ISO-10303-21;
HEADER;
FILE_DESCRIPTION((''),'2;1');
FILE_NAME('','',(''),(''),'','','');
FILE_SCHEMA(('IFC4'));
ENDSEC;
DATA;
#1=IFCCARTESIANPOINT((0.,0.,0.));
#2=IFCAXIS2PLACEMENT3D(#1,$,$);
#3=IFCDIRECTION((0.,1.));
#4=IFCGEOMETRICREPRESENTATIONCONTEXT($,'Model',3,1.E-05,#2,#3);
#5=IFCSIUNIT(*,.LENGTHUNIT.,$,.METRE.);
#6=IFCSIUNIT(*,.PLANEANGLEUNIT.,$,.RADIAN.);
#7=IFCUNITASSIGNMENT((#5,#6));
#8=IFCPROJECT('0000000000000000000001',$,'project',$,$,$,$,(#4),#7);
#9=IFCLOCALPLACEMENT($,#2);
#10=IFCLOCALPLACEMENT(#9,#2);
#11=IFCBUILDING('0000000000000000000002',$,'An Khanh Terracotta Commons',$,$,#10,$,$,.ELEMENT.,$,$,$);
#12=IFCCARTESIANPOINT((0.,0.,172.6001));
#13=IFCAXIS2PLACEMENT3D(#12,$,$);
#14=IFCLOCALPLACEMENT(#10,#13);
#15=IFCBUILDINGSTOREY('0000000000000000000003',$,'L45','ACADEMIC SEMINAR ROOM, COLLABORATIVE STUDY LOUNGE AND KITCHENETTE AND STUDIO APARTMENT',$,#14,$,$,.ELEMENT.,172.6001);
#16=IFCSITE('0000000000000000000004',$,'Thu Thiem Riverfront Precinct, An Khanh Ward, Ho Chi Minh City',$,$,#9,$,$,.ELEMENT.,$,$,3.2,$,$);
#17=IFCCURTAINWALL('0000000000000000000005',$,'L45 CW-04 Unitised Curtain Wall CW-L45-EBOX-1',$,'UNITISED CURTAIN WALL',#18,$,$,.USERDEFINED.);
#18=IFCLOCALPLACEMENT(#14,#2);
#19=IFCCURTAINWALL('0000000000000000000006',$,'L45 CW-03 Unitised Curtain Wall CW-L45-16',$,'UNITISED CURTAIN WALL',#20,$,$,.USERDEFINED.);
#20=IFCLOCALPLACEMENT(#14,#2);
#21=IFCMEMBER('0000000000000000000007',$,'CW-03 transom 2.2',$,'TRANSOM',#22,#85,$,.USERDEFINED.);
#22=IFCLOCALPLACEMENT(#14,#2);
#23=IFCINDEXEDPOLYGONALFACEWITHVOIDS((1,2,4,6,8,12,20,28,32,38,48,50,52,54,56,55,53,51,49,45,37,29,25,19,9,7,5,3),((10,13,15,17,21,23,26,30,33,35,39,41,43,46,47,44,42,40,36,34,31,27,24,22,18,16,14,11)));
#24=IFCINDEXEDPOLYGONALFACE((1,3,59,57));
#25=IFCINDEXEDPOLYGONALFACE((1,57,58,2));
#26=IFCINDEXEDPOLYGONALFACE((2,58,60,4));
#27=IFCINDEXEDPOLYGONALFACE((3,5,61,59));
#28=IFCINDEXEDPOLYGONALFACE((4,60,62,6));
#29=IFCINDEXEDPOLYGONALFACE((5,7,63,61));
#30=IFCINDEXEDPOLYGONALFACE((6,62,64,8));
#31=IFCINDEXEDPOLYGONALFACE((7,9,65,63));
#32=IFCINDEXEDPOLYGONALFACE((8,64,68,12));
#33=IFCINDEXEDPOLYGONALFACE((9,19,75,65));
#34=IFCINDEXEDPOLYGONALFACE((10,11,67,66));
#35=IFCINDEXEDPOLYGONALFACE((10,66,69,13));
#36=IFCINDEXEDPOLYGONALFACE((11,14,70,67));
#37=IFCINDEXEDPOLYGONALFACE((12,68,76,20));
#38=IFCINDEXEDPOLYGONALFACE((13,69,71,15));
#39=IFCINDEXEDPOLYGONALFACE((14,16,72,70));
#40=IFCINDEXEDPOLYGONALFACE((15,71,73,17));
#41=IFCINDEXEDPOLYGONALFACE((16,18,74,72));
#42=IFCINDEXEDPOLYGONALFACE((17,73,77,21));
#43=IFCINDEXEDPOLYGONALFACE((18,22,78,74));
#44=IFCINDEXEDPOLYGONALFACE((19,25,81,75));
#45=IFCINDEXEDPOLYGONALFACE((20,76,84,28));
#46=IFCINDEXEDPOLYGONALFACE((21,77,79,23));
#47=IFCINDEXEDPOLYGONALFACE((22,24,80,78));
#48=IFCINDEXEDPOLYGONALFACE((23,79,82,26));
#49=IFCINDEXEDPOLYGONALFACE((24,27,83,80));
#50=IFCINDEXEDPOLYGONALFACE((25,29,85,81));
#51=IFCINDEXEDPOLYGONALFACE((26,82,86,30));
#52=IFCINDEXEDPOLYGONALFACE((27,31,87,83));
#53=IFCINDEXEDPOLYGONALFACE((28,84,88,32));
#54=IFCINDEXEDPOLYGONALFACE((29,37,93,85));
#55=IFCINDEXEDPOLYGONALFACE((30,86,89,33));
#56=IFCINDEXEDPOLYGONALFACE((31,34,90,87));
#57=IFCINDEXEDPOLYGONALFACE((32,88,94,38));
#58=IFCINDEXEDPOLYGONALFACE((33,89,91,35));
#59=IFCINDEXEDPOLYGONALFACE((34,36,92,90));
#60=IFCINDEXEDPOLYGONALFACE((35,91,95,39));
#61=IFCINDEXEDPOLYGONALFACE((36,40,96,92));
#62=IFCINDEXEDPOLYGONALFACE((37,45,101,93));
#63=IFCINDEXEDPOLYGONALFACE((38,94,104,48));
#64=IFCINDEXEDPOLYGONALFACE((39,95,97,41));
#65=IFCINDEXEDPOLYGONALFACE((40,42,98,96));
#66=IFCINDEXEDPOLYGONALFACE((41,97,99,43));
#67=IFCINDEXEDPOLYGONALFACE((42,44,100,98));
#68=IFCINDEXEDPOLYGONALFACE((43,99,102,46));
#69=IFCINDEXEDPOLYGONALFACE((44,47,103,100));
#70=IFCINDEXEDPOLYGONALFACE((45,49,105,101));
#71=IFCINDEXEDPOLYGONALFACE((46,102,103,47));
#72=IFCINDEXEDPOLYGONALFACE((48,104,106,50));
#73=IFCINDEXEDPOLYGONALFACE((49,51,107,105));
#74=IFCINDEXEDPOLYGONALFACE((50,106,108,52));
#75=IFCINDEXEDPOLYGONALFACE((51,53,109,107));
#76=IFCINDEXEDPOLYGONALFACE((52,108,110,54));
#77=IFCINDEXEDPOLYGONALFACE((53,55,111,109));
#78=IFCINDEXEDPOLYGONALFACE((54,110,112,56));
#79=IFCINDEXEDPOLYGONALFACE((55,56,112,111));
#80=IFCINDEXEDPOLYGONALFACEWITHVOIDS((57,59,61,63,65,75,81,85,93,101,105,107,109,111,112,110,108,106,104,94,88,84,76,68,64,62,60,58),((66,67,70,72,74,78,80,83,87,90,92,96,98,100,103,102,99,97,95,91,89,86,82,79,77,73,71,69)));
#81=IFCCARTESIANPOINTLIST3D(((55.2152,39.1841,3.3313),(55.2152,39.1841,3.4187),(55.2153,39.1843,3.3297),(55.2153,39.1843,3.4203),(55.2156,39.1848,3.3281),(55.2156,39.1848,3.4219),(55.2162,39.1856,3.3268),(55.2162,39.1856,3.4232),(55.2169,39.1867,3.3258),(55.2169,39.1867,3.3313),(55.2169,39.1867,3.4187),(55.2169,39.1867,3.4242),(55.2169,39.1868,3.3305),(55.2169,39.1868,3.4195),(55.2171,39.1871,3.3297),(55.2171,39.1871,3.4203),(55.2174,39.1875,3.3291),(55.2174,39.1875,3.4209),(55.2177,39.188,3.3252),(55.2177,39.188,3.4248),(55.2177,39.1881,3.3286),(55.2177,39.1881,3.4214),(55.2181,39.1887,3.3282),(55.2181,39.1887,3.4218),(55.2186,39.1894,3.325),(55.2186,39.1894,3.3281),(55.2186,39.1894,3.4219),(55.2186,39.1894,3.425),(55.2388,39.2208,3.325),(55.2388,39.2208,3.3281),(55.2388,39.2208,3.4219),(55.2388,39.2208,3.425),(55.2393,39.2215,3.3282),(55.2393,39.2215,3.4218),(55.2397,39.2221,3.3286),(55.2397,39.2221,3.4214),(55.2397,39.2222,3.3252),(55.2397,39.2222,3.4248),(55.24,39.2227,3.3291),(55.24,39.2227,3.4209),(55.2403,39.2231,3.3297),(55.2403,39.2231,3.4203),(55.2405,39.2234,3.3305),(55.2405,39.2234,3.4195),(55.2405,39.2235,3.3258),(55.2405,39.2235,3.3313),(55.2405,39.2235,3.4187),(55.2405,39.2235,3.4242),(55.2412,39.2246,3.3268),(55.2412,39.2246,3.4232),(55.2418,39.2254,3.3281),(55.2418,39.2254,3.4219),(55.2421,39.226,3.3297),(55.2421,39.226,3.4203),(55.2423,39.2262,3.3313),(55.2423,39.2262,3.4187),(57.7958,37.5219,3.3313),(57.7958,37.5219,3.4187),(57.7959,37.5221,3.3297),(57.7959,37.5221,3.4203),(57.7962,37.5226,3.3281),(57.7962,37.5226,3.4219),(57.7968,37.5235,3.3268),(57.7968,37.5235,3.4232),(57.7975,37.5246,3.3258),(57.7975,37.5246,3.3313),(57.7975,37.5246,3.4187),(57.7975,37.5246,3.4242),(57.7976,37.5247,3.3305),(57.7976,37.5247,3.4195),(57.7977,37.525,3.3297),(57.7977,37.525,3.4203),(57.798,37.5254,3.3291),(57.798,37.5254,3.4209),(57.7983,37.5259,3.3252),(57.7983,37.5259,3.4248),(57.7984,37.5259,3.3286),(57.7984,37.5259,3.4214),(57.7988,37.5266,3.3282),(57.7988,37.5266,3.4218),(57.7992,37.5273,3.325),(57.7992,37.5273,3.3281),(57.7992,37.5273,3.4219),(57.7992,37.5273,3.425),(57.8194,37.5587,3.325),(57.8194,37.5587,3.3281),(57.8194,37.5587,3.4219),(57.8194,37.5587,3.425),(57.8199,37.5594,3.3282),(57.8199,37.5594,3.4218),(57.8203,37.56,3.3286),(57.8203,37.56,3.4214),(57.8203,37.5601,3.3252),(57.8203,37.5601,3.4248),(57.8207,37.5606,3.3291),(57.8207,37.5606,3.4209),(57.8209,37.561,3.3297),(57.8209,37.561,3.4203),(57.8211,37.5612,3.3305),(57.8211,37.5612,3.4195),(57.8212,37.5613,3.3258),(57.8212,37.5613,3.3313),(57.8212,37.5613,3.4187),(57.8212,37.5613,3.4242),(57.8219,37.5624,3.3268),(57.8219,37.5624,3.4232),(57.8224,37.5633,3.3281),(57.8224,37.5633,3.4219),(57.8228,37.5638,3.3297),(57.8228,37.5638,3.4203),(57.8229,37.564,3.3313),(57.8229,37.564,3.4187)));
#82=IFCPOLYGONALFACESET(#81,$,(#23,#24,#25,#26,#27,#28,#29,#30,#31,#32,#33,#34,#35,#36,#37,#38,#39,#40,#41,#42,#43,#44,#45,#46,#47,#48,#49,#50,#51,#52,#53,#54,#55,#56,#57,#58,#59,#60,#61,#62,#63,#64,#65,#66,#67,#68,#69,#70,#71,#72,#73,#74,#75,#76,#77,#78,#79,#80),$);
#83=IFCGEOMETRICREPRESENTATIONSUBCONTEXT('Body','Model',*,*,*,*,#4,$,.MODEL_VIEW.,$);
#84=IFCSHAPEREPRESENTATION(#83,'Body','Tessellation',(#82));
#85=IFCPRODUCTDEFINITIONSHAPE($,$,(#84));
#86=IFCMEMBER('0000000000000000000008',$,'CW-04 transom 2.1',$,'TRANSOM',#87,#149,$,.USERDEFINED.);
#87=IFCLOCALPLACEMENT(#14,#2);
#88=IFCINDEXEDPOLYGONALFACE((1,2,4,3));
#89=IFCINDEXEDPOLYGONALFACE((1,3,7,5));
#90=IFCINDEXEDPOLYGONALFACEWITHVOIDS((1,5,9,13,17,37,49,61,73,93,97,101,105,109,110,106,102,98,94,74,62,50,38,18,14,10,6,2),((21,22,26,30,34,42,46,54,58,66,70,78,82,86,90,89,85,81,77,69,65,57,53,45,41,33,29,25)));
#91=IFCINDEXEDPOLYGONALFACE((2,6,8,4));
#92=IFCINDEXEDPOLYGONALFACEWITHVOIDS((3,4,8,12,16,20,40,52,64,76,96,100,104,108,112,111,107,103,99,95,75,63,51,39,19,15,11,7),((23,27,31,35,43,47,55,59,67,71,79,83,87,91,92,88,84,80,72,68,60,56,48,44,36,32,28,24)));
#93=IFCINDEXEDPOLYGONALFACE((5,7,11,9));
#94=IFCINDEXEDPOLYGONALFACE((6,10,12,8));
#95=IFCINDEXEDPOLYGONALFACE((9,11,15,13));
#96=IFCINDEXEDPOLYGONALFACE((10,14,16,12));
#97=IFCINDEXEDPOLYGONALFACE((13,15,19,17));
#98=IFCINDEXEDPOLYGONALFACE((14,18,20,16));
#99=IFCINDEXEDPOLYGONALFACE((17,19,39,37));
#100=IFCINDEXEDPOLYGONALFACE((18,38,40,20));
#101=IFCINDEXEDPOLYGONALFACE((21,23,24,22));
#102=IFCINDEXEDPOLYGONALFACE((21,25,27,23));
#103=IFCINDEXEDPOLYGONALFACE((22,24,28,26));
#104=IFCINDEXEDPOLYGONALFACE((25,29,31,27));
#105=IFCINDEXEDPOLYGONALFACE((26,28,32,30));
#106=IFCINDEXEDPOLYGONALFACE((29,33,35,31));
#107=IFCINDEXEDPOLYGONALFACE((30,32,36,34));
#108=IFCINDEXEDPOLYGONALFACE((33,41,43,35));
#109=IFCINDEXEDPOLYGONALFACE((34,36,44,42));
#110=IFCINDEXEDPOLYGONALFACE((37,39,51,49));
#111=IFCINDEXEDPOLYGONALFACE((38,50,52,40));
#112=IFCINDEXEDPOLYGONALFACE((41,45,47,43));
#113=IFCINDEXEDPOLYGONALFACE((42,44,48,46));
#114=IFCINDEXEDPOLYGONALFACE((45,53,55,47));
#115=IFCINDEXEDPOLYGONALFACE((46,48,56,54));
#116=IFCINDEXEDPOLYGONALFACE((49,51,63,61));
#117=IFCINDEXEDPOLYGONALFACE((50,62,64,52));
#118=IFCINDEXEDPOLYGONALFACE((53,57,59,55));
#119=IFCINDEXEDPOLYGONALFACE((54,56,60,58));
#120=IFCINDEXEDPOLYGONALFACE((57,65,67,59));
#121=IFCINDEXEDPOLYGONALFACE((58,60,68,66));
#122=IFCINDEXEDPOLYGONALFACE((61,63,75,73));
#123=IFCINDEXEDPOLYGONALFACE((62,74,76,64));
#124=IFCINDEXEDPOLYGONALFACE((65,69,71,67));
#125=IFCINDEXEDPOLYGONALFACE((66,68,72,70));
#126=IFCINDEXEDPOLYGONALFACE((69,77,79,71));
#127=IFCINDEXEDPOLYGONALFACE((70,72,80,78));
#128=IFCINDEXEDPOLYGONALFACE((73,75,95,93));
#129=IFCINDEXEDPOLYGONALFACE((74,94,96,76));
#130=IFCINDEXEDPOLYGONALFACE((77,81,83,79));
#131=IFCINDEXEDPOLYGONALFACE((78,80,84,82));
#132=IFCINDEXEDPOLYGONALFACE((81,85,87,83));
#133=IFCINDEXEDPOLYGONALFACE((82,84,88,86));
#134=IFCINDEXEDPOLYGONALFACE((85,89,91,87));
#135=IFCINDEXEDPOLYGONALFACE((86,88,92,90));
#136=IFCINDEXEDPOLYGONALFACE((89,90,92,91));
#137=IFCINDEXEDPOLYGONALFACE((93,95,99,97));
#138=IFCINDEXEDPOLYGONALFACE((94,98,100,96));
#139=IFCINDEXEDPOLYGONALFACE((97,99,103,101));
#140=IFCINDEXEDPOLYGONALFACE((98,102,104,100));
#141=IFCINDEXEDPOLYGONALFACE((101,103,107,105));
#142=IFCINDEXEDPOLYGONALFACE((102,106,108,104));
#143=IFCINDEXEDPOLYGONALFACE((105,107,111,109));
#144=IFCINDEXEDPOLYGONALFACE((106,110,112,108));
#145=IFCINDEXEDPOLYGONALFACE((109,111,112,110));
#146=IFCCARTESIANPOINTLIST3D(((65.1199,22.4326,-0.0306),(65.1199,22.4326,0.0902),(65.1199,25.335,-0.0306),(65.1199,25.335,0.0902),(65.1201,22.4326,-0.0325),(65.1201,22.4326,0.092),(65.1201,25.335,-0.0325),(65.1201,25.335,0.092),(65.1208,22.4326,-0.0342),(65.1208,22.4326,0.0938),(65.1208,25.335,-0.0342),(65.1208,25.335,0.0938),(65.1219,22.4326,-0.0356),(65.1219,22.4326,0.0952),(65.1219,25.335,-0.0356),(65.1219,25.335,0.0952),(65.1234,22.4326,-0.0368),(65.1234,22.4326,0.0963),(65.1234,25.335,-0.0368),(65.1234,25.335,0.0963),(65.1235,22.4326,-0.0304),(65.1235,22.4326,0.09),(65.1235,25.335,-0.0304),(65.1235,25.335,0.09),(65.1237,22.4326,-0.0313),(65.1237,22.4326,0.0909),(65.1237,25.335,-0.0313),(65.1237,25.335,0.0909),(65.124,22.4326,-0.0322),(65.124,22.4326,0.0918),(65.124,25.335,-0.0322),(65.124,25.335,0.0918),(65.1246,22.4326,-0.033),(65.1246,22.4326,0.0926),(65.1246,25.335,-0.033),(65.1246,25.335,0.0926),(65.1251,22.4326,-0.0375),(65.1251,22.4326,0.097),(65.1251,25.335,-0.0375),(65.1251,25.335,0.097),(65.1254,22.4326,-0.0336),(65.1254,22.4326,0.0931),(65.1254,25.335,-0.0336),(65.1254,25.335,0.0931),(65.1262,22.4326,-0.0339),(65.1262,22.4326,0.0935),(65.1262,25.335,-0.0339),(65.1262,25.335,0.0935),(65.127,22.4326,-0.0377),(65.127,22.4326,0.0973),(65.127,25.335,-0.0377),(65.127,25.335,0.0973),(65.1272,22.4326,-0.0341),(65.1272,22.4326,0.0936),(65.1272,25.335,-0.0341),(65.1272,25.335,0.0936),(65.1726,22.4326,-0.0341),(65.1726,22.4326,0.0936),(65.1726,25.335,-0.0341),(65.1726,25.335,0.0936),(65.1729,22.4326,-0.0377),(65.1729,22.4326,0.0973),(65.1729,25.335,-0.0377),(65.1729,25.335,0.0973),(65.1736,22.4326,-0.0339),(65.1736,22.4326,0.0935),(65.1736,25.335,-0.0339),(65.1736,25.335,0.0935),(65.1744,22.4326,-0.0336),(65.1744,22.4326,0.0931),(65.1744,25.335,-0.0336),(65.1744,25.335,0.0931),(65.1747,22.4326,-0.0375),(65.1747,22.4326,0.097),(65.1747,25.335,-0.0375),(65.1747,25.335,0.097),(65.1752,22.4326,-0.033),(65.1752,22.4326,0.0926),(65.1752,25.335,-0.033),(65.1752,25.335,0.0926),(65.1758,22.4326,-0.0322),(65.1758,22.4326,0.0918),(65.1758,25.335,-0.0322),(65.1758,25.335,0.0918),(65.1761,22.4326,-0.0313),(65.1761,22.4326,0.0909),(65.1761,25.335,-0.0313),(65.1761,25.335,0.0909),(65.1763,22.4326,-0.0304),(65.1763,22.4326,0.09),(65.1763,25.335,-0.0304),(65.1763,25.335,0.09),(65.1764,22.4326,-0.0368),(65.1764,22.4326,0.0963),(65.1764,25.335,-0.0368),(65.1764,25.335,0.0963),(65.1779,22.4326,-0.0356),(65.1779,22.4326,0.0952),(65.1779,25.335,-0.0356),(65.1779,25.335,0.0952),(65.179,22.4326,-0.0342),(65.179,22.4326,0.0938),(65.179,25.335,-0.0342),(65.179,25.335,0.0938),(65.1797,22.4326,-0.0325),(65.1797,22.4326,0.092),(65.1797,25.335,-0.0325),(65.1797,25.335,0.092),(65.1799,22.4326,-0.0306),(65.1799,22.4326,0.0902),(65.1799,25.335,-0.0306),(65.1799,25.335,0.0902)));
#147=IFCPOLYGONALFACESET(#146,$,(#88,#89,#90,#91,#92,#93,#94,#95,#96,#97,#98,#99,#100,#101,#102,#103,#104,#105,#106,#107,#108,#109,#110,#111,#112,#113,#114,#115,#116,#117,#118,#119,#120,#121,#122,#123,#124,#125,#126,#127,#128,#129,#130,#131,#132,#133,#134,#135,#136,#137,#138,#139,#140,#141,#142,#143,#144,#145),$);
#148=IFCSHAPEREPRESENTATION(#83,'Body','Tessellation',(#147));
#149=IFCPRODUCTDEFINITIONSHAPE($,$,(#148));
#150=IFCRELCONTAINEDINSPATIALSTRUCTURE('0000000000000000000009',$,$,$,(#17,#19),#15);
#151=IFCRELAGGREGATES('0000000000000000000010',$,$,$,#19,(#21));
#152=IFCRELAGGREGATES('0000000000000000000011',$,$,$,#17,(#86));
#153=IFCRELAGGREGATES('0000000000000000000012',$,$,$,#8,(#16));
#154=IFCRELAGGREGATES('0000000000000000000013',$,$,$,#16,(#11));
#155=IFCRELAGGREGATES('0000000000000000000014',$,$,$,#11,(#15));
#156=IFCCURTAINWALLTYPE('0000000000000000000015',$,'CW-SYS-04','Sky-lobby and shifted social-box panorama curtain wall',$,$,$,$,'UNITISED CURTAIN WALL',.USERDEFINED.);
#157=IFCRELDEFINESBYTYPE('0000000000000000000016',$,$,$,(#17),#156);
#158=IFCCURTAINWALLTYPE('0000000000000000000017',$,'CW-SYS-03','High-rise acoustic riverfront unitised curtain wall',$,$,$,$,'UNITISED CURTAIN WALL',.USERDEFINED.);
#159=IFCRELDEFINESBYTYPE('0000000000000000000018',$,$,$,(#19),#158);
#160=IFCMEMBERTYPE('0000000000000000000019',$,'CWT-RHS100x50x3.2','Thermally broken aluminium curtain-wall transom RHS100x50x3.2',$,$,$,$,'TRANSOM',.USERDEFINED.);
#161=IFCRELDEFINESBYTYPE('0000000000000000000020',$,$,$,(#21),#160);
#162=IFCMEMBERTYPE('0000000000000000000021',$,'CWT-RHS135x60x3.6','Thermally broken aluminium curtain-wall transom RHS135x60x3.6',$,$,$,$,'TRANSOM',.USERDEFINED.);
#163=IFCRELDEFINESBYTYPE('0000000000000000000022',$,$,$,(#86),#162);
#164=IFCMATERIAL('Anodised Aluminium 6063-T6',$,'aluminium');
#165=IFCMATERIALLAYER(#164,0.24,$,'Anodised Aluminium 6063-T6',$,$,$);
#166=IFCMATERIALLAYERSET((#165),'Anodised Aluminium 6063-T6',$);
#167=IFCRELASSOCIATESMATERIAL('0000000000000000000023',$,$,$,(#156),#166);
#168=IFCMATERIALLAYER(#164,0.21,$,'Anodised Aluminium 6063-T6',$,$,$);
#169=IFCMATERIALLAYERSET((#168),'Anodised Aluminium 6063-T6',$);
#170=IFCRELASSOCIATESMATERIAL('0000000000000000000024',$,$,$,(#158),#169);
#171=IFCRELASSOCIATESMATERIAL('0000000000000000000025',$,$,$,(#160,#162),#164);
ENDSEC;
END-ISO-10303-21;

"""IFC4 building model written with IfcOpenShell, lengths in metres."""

from ifc_helpers import new_model, si_unit, direction, frame, origin, origin_2d, place, context, subcontext, project, spatial, hollow_rectangle, extrude, material, layer, layer_set, material_profile, profile_set, type_object, element, aggregate, save


model = new_model("IFC4")

# Units and contexts
model_context = context("Model", 3, precision=1e-05, world=origin(), true_north=direction((0.0, 1.0)))
body_context = subcontext(model_context, "Body", "Model", "MODEL_VIEW")
ifc_project = project(units=[si_unit("LENGTHUNIT", "METRE"), si_unit("PLANEANGLEUNIT", "RADIAN")], contexts=[model_context])

# Site, building, storey
site_placement = place(None, origin())
site = spatial("IfcSite", under=ifc_project, at=site_placement, Name="Thu Thiem Riverfront Precinct, An Khanh Ward, Ho Chi Minh City", CompositionType="ELEMENT", RefElevation=3.2)
building_placement = place(site_placement, origin())
building = spatial("IfcBuilding", under=site, at=building_placement, Name="An Khanh Terracotta Commons", CompositionType="ELEMENT")
storey_placement = place(building_placement, frame((0.0, 0.0, 172.6001)))
storey = spatial("IfcBuildingStorey", under=building, at=storey_placement, Name="L45", Description="ACADEMIC SEMINAR ROOM, COLLABORATIVE STUDY LOUNGE AND KITCHENETTE AND STUDIO APARTMENT", CompositionType="ELEMENT", Elevation=172.6001)

# Curtain wall
ifc_material_1 = material(Name="Anodised Aluminium 6063-T6", Category="aluminium")
ifc_layer_1 = layer(ifc_material_1, 0.24, Name="Anodised Aluminium 6063-T6")
ifc_layer_set_1 = layer_set([ifc_layer_1], Name="Anodised Aluminium 6063-T6")
curtain_wall_type_1 = type_object("IfcCurtainWallType", Name="CW-SYS-04", Description="Sky-lobby and shifted social-box panorama curtain wall", ElementType="UNITISED CURTAIN WALL", PredefinedType="USERDEFINED", material=ifc_layer_set_1)
curtain_wall_1_placement = place(storey_placement, origin())
curtain_wall_1 = element("IfcCurtainWall", 1, at=curtain_wall_1_placement, inside=storey, type_object=curtain_wall_type_1, Name="L45 CW-04 Unitised Curtain Wall CW-L45-EBOX-1", ObjectType="UNITISED CURTAIN WALL", PredefinedType="USERDEFINED")

# Curtain wall, member
ifc_layer_2 = layer(ifc_material_1, 0.21, Name="Anodised Aluminium 6063-T6")
ifc_layer_set_2 = layer_set([ifc_layer_2], Name="Anodised Aluminium 6063-T6")
curtain_wall_type_2 = type_object("IfcCurtainWallType", Name="CW-SYS-03", Description="High-rise acoustic riverfront unitised curtain wall", ElementType="UNITISED CURTAIN WALL", PredefinedType="USERDEFINED", material=ifc_layer_set_2)
curtain_wall_2_placement = place(storey_placement, origin())
curtain_wall_2 = element("IfcCurtainWall", 2, at=curtain_wall_2_placement, inside=storey, type_object=curtain_wall_type_2, Name="L45 CW-03 Unitised Curtain Wall CW-L45-16", ObjectType="UNITISED CURTAIN WALL", PredefinedType="USERDEFINED")
ifc_material_profile_1 = material_profile(ifc_material_1, hollow_rectangle(XDim=0.05, YDim=0.1001, WallThickness=0.0032, InnerFilletRadius=0.0032, OuterFilletRadius=0.0063, at=origin_2d()), Name="RHS100x50x3.2")
ifc_profile_set_1 = profile_set([ifc_material_profile_1], Name="Anodised Aluminium 6063-T6")
member_type_1 = type_object("IfcMemberType", Name="CWT-RHS100x50x3.2", Description="Thermally broken aluminium curtain-wall transom RHS100x50x3.2", ElementType="TRANSOM", PredefinedType="USERDEFINED", material=ifc_profile_set_1)
member_1_placement = place(storey_placement, frame((57.8093, 37.543, 3.375), z_axis=(-0.840708, 0.541489, 0.0), x_axis=(-0.541489, -0.840708, 0.0)))
member_1 = element("IfcMember", 3, at=member_1_placement, type_object=member_type_1, Name="CW-03 transom 2.2", ObjectType="TRANSOM", PredefinedType="USERDEFINED", context=body_context, shape_type="SweptSolid", body=[
    extrude(hollow_rectangle(XDim=0.05, YDim=0.1001, WallThickness=0.0032, InnerFilletRadius=0.0032, OuterFilletRadius=0.0063, at=origin_2d()), origin(), (0.0, 0.0, 1.0), 3.0696),
])

# Member
ifc_material_profile_2 = material_profile(ifc_material_1, hollow_rectangle(XDim=0.0601, YDim=0.135, WallThickness=0.0037, InnerFilletRadius=0.0037, OuterFilletRadius=0.0071, at=origin_2d()), Name="RHS135x60x3.6")
ifc_profile_set_2 = profile_set([ifc_material_profile_2], Name="Anodised Aluminium 6063-T6")
member_type_2 = type_object("IfcMemberType", Name="CWT-RHS135x60x3.6", Description="Thermally broken aluminium curtain-wall transom RHS135x60x3.6", ElementType="TRANSOM", PredefinedType="USERDEFINED", material=ifc_profile_set_2)
member_2_placement = place(storey_placement, frame((65.1499, 22.4326, 0.0298), z_axis=(0.0, 1.0, 0.0), x_axis=(-1.0, 0.0, 0.0)))
member_2 = element("IfcMember", 4, at=member_2_placement, type_object=member_type_2, Name="CW-04 transom 2.1", ObjectType="TRANSOM", PredefinedType="USERDEFINED", context=body_context, shape_type="SweptSolid", body=[
    extrude(hollow_rectangle(XDim=0.0601, YDim=0.135, WallThickness=0.0037, InnerFilletRadius=0.0037, OuterFilletRadius=0.0071, at=origin_2d()), origin(), (0.0, 0.0, 1.0), 2.9023),
])

aggregate(curtain_wall_2, [member_1])
aggregate(curtain_wall_1, [member_2])

save(model, "model.ifc")
